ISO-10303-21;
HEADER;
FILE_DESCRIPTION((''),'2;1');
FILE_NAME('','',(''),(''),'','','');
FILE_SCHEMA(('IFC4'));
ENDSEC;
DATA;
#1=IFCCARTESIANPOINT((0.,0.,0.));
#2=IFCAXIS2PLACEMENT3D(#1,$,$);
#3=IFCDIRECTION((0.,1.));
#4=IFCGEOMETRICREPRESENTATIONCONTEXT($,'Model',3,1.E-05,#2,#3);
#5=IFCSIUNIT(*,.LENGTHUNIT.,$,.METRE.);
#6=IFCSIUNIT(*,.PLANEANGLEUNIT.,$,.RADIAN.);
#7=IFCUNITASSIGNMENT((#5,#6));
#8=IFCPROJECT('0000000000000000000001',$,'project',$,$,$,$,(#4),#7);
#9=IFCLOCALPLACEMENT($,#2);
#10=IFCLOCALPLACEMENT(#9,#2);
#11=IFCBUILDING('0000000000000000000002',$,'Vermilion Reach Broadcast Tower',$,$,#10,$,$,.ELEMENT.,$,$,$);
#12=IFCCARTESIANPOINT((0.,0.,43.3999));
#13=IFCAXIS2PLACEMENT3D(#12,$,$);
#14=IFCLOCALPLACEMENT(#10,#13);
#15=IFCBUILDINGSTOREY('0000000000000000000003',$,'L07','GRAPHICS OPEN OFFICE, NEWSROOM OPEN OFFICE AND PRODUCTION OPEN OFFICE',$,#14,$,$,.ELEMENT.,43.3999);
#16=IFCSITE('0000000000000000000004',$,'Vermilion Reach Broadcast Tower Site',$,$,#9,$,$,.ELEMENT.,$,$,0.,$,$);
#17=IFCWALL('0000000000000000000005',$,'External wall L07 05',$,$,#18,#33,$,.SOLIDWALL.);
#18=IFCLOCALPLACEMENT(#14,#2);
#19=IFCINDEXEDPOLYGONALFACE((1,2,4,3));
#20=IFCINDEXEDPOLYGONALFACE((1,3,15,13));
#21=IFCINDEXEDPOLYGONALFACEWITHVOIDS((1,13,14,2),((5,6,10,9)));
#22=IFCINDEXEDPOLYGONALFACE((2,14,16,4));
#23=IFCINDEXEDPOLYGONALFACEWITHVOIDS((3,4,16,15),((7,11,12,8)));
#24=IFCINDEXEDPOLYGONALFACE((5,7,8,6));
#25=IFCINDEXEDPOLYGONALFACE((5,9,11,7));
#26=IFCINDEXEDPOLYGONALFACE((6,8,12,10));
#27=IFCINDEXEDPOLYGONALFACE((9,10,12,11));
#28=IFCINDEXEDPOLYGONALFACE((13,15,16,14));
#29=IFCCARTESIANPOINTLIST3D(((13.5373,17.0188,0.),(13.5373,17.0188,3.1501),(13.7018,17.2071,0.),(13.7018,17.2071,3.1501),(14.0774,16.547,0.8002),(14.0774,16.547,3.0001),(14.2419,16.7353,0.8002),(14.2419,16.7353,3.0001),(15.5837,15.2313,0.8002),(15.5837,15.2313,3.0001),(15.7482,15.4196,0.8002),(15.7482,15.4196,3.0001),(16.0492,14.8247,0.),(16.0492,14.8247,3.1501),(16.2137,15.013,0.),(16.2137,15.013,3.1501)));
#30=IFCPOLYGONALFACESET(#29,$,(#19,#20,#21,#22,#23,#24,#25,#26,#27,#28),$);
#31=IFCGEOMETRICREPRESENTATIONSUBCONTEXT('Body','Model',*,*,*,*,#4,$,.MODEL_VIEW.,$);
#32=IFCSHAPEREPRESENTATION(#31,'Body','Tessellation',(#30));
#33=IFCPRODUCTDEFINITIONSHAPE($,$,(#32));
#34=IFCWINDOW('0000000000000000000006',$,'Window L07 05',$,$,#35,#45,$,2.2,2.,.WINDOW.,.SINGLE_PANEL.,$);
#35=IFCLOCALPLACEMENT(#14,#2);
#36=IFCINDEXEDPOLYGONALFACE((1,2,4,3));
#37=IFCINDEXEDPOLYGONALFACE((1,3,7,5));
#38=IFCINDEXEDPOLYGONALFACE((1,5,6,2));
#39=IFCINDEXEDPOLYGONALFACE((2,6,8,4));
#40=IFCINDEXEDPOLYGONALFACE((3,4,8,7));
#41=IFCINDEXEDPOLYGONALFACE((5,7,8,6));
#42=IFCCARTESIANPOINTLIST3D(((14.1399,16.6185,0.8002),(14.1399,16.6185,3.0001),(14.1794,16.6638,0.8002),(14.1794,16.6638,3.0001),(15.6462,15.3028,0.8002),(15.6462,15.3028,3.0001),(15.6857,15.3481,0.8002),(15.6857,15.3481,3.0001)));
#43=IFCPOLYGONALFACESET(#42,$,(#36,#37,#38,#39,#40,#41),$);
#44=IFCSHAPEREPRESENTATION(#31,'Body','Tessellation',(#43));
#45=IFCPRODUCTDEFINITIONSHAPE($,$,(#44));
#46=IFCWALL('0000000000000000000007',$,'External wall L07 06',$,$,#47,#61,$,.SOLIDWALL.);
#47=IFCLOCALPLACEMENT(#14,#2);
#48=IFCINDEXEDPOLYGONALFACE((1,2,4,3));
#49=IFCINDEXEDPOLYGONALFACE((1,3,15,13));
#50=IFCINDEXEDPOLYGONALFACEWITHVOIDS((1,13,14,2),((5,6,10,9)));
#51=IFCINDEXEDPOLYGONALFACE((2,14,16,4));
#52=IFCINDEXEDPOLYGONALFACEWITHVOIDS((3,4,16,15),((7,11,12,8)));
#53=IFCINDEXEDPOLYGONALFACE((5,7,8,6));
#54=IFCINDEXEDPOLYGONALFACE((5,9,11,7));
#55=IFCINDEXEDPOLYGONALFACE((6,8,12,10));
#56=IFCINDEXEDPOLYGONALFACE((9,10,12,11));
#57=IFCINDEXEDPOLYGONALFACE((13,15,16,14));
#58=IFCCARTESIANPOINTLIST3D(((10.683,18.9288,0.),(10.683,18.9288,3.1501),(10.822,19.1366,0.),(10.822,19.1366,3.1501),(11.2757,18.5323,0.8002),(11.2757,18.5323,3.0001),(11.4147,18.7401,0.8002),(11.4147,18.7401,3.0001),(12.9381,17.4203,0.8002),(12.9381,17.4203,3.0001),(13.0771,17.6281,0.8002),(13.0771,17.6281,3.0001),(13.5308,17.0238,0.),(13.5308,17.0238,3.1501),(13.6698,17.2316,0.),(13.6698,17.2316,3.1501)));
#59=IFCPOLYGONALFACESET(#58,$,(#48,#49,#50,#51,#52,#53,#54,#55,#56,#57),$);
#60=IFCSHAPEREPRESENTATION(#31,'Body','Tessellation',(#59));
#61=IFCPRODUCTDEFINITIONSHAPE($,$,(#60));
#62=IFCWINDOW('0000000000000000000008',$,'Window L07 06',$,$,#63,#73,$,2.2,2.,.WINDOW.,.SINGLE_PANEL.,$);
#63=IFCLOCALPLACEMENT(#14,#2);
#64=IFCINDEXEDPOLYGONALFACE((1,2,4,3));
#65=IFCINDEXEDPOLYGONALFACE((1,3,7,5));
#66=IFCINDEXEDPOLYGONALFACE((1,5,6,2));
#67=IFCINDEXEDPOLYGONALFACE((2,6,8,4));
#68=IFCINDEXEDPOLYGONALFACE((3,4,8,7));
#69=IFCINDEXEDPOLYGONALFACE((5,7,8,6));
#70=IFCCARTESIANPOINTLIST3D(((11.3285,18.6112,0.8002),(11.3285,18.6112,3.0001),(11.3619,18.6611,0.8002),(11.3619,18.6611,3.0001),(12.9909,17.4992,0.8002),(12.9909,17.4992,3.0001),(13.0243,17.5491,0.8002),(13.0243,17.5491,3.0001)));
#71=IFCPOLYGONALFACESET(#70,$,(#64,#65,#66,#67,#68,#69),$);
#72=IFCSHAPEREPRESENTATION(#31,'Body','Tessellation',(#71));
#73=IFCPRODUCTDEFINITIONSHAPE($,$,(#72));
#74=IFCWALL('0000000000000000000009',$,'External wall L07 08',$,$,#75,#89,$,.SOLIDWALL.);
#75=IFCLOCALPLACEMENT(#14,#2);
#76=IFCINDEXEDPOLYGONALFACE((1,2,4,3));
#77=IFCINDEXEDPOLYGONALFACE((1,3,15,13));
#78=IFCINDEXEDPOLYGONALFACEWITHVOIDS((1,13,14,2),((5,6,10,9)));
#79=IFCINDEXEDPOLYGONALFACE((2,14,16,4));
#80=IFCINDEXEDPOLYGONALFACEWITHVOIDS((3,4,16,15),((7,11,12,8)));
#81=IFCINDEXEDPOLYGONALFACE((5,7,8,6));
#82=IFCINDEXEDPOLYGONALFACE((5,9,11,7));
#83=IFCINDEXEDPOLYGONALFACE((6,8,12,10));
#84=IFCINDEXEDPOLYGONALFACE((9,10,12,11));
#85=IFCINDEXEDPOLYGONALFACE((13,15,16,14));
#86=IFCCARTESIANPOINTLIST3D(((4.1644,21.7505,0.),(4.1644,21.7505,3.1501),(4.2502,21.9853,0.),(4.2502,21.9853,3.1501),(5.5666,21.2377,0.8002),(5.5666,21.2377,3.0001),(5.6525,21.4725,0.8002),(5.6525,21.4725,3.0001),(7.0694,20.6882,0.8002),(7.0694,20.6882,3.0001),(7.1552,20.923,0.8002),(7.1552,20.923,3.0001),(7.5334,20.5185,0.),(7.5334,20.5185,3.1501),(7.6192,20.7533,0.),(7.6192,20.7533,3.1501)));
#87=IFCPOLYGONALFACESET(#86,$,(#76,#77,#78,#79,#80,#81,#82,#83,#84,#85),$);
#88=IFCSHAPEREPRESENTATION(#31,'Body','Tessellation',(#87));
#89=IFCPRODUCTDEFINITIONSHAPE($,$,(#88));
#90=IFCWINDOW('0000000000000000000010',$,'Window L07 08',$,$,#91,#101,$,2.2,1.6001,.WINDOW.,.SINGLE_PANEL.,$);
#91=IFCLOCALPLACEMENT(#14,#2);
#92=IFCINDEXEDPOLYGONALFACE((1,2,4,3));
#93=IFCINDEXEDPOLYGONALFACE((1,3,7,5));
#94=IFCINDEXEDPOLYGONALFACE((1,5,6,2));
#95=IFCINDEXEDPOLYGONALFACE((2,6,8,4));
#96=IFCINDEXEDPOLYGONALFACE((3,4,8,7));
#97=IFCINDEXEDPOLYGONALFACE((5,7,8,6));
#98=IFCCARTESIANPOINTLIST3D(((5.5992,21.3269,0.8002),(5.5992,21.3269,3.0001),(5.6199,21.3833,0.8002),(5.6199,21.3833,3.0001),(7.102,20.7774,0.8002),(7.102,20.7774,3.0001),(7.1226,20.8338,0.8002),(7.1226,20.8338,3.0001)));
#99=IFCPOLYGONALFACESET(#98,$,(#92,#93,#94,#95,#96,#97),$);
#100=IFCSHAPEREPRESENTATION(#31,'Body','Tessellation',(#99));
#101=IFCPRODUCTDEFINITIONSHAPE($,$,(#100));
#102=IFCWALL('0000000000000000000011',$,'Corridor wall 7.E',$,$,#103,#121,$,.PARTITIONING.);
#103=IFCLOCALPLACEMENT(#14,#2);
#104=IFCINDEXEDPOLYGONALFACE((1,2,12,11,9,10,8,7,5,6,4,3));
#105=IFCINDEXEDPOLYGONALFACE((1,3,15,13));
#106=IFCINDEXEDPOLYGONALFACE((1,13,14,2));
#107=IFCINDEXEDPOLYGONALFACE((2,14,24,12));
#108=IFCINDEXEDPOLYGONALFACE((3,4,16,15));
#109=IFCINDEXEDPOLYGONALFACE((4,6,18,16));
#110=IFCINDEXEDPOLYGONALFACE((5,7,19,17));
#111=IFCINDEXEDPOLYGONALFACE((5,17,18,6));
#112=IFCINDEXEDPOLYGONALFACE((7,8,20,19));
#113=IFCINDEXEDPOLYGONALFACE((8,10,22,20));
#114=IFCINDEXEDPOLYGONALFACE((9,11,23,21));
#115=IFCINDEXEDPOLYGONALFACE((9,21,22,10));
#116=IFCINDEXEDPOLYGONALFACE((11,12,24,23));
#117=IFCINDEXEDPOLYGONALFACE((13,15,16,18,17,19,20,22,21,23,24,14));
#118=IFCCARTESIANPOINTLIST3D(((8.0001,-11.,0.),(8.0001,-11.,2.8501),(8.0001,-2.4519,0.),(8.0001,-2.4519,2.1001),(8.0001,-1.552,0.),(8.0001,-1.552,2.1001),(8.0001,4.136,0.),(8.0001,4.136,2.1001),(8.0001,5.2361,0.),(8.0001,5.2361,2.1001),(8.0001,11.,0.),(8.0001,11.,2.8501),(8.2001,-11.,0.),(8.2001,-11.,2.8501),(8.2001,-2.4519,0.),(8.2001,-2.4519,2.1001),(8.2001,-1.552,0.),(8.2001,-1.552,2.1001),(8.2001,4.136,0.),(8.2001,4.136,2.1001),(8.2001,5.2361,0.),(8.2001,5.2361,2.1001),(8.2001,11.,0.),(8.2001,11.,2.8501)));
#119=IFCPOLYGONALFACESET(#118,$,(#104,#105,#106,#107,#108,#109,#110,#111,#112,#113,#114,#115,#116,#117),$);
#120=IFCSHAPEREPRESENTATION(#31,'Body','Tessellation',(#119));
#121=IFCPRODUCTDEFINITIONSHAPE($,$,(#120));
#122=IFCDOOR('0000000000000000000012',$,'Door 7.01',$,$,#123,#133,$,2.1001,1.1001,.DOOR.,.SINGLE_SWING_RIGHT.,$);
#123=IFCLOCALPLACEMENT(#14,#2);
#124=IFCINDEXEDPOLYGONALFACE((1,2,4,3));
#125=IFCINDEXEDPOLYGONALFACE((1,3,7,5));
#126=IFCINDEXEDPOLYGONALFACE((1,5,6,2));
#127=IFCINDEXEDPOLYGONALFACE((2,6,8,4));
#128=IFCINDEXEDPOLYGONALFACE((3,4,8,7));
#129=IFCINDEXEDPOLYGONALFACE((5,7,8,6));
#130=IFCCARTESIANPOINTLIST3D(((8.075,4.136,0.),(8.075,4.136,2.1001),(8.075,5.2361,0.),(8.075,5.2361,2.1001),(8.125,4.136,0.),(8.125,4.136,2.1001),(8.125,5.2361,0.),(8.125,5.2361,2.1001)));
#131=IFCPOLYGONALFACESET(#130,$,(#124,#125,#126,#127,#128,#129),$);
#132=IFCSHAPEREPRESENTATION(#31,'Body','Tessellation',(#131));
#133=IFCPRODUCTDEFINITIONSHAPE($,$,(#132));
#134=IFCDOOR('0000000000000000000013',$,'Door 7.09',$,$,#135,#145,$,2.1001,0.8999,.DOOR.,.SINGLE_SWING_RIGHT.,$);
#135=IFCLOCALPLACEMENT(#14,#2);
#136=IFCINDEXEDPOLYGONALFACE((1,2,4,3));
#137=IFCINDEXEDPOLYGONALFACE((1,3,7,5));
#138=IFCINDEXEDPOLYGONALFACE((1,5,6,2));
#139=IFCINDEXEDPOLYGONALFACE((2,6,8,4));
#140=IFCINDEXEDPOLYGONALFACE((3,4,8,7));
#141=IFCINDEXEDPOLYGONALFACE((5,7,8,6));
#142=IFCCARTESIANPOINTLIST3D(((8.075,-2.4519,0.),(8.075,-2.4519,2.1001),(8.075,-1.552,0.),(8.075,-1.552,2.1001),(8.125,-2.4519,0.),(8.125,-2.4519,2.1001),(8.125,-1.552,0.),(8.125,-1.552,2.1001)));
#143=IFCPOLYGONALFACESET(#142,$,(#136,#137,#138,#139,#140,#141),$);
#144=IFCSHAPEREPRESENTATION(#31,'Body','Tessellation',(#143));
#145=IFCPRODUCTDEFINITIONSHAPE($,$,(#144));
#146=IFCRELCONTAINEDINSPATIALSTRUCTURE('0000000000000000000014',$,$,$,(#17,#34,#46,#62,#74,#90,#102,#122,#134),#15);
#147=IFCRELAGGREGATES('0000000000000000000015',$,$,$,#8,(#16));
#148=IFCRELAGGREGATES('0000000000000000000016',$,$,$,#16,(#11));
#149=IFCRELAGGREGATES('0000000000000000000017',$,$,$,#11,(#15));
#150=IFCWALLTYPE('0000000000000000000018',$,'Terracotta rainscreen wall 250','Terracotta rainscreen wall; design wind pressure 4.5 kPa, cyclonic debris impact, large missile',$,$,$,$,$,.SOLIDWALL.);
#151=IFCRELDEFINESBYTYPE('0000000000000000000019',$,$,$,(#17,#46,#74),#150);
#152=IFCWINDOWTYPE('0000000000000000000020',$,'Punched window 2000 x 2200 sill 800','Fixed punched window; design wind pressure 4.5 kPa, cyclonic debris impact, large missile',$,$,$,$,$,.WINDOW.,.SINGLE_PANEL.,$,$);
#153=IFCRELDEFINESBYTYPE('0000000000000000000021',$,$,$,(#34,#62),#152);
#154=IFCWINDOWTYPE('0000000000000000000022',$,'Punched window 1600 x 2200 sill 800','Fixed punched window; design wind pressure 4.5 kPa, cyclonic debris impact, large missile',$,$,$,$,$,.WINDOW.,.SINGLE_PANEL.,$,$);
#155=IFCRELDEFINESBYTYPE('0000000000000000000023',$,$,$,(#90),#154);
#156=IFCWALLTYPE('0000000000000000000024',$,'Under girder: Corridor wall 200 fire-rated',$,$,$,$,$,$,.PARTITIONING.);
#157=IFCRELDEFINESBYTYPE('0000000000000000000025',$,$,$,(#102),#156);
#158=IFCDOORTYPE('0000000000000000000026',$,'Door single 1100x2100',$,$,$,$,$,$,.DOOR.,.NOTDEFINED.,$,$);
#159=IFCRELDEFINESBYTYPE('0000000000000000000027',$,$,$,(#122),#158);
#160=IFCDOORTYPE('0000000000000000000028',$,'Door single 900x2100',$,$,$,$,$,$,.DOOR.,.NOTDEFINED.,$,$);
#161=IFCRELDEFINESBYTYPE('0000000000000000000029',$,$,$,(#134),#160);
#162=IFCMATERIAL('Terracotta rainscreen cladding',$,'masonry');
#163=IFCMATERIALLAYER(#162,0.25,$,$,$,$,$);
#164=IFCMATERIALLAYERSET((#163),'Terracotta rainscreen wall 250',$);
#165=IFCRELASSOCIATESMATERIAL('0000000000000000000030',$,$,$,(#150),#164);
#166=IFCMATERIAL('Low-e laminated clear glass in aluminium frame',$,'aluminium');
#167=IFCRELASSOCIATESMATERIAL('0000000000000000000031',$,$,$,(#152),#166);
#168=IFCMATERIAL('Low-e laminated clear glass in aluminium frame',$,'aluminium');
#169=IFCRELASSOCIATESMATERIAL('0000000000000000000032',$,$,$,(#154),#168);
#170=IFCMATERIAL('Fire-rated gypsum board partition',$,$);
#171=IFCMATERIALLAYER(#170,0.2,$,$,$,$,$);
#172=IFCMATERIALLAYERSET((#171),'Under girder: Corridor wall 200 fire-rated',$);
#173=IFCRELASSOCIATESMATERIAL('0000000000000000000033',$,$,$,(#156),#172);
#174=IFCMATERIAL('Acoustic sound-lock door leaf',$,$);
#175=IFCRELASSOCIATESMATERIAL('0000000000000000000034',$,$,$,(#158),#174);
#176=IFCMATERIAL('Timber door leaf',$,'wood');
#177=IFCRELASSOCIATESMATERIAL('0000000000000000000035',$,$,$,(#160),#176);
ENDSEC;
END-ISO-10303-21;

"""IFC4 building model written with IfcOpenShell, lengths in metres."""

from ifc_helpers import new_model, si_unit, direction, frame, frame_2d, origin, place, context, subcontext, project, spatial, rectangle, extrude, material, layer, layer_set, type_object, element, fill, save


model = new_model("IFC4")

# Units and contexts
model_context = context("Model", 3, precision=1e-05, world=origin(), true_north=direction((0.0, 1.0)))
body_context = subcontext(model_context, "Body", "Model", "MODEL_VIEW")
ifc_project = project(units=[si_unit("LENGTHUNIT", "METRE"), si_unit("PLANEANGLEUNIT", "RADIAN")], contexts=[model_context])

# Site, building, storey
site_placement = place(None, origin())
site = spatial("IfcSite", under=ifc_project, at=site_placement, Name="Vermilion Reach Broadcast Tower Site", CompositionType="ELEMENT", RefElevation=0.0)
building_placement = place(site_placement, origin())
building = spatial("IfcBuilding", under=site, at=building_placement, Name="Vermilion Reach Broadcast Tower", CompositionType="ELEMENT")
storey_placement = place(building_placement, frame((0.0, 0.0, 43.3999)))
storey = spatial("IfcBuildingStorey", under=building, at=storey_placement, Name="L07", Description="GRAPHICS OPEN OFFICE, NEWSROOM OPEN OFFICE AND PRODUCTION OPEN OFFICE", CompositionType="ELEMENT", Elevation=43.3999)

# Shared definitions
ifc_material_1 = material(Name="Terracotta rainscreen cladding", Category="masonry")
ifc_layer_1 = layer(ifc_material_1, 0.25)
ifc_layer_set_1 = layer_set([ifc_layer_1], Name="Terracotta rainscreen wall 250")
wall_type_1 = type_object("IfcWallType", Name="Terracotta rainscreen wall 250", Description="Terracotta rainscreen wall; design wind pressure 4.5 kPa, cyclonic debris impact, large missile", PredefinedType="SOLIDWALL", material=ifc_layer_set_1)

# Walls, openings, windows
ifc_material_2 = material(Name="Low-e laminated clear glass in aluminium frame", Category="aluminium")
window_type_1 = type_object("IfcWindowType", Name="Punched window 2000 x 2200 sill 800", Description="Fixed punched window; design wind pressure 4.5 kPa, cyclonic debris impact, large missile", PartitioningType="SINGLE_PANEL", PredefinedType="WINDOW", material=ifc_material_2)
wall_1_placement = place(storey_placement, frame((16.1313, 14.9189, 0.0), z_axis=(0.0, 0.0, 1.0), x_axis=(-0.753152, 0.657846, 0.0)))
wall_1 = element("IfcWall", 1, at=wall_1_placement, inside=storey, type_object=wall_type_1, Name="External wall L07 05", PredefinedType="SOLIDWALL", context=body_context, shape_type="SweptSolid", body=[
    extrude(rectangle(XDim=3.3352, YDim=0.25, at=frame_2d((1.6675, 0.0))), origin(), (0.0, 0.0, 1.0), 3.1501),
])
opening_1_placement = place(wall_1_placement, frame((0.6179, 0.0, 0.8)))
opening_1 = element("IfcOpeningElement", 2, at=opening_1_placement, cuts=wall_1, PredefinedType="OPENING", context=body_context, shape_type="SweptSolid", body=[
    extrude(rectangle(XDim=2.0, YDim=2.2, at=frame_2d((1.0, 1.1001))), frame((0.0, 0.135, 0.0), z_axis=(0.0, -1.0, 0.0), x_axis=(1.0, 0.0, 0.0)), (0.0, 0.0, 1.0), 0.27),
])
window_1_placement = place(opening_1_placement, origin())
window_1 = element("IfcWindow", 3, at=window_1_placement, inside=storey, type_object=window_type_1, Name="Window L07 05", OverallHeight=2.2, OverallWidth=2.0, PartitioningType="SINGLE_PANEL", PredefinedType="WINDOW", context=body_context, shape_type="SweptSolid", body=[
    extrude(rectangle(XDim=2.0, YDim=2.2, at=frame_2d((1.0, 1.1001))), frame((0.0, 0.03, 0.0), z_axis=(0.0, -1.0, 0.0), x_axis=(1.0, 0.0, 0.0)), (0.0, 0.0, 1.0), 0.0601),
])
fill(opening_1, window_1)
wall_2_placement = place(storey_placement, frame((13.6003, 17.1277, 0.0), z_axis=(0.0, 0.0, 1.0), x_axis=(-0.831183, 0.555999, 0.0)))
wall_2 = element("IfcWall", 4, at=wall_2_placement, inside=storey, type_object=wall_type_1, Name="External wall L07 06", PredefinedType="SOLIDWALL", context=body_context, shape_type="SweptSolid", body=[
    extrude(rectangle(XDim=3.4263, YDim=0.25, at=frame_2d((1.7131, 0.0))), origin(), (0.0, 0.0, 1.0), 3.1501),
])
opening_2_placement = place(wall_2_placement, frame((0.7131, 0.0, 0.8)))
opening_2 = element("IfcOpeningElement", 5, at=opening_2_placement, cuts=wall_2, PredefinedType="OPENING", context=body_context, shape_type="SweptSolid", body=[
    extrude(rectangle(XDim=2.0, YDim=2.2, at=frame_2d((1.0, 1.1001))), frame((0.0, 0.135, 0.0), z_axis=(0.0, -1.0, 0.0), x_axis=(1.0, 0.0, 0.0)), (0.0, 0.0, 1.0), 0.27),
])
window_2_placement = place(opening_2_placement, origin())
window_2 = element("IfcWindow", 6, at=window_2_placement, inside=storey, type_object=window_type_1, Name="Window L07 06", OverallHeight=2.2, OverallWidth=2.0, PartitioningType="SINGLE_PANEL", PredefinedType="WINDOW", context=body_context, shape_type="SweptSolid", body=[
    extrude(rectangle(XDim=2.0, YDim=2.2, at=frame_2d((1.0, 1.1001))), frame((0.0, 0.03, 0.0), z_axis=(0.0, -1.0, 0.0), x_axis=(1.0, 0.0, 0.0)), (0.0, 0.0, 1.0), 0.0601),
])
fill(opening_2, window_2)

# Wall, opening, window
wall_3_placement = place(storey_placement, frame((7.5762, 20.636, 0.0), z_axis=(0.0, 0.0, 1.0), x_axis=(-0.939176, 0.343437, 0.0)))
wall_3 = element("IfcWall", 7, at=wall_3_placement, inside=storey, type_object=wall_type_1, Name="External wall L07 08", PredefinedType="SOLIDWALL", context=body_context, shape_type="SweptSolid", body=[
    extrude(rectangle(XDim=3.5872, YDim=0.25, at=frame_2d((1.7935, 0.0))), origin(), (0.0, 0.0, 1.0), 3.1501),
])
opening_3_placement = place(wall_3_placement, frame((0.4939, 0.0, 0.8)))
opening_3 = element("IfcOpeningElement", 8, at=opening_3_placement, cuts=wall_3, PredefinedType="OPENING", context=body_context, shape_type="SweptSolid", body=[
    extrude(rectangle(XDim=1.6001, YDim=2.2, at=frame_2d((0.8, 1.1001))), frame((0.0, 0.135, 0.0), z_axis=(0.0, -1.0, 0.0), x_axis=(1.0, 0.0, 0.0)), (0.0, 0.0, 1.0), 0.27),
])
ifc_material_3 = material(Name="Low-e laminated clear glass in aluminium frame", Category="aluminium")
window_type_2 = type_object("IfcWindowType", Name="Punched window 1600 x 2200 sill 800", Description="Fixed punched window; design wind pressure 4.5 kPa, cyclonic debris impact, large missile", PartitioningType="SINGLE_PANEL", PredefinedType="WINDOW", material=ifc_material_3)
window_3_placement = place(opening_3_placement, origin())
window_3 = element("IfcWindow", 9, at=window_3_placement, inside=storey, type_object=window_type_2, Name="Window L07 08", OverallHeight=2.2, OverallWidth=1.6001, PartitioningType="SINGLE_PANEL", PredefinedType="WINDOW", context=body_context, shape_type="SweptSolid", body=[
    extrude(rectangle(XDim=1.6001, YDim=2.2, at=frame_2d((0.8, 1.1001))), frame((0.0, 0.03, 0.0), z_axis=(0.0, -1.0, 0.0), x_axis=(1.0, 0.0, 0.0)), (0.0, 0.0, 1.0), 0.0601),
])
fill(opening_3, window_3)

# Wall, openings, doors
ifc_material_4 = material(Name="Fire-rated gypsum board partition")
ifc_layer_2 = layer(ifc_material_4, 0.2)
ifc_layer_set_2 = layer_set([ifc_layer_2], Name="Under girder: Corridor wall 200 fire-rated")
wall_type_2 = type_object("IfcWallType", Name="Under girder: Corridor wall 200 fire-rated", PredefinedType="PARTITIONING", material=ifc_layer_set_2)
wall_4_placement = place(storey_placement, frame((8.1001, 11.0, 0.0), z_axis=(0.0, 0.0, 1.0), x_axis=(0.0, -1.0, 0.0)))
wall_4 = element("IfcWall", 10, at=wall_4_placement, inside=storey, type_object=wall_type_2, Name="Corridor wall 7.E", PredefinedType="PARTITIONING", context=body_context, shape_type="SweptSolid", body=[
    extrude(rectangle(XDim=22.0, YDim=0.2, at=frame_2d((11.0, 0.0))), origin(), (0.0, 0.0, 1.0), 2.8501),
])
opening_4_placement = place(wall_4_placement, frame((5.7639, 0.0, 0.0)))
opening_4 = element("IfcOpeningElement", 11, at=opening_4_placement, cuts=wall_4, PredefinedType="OPENING", context=body_context, shape_type="SweptSolid", body=[
    extrude(rectangle(XDim=1.1001, YDim=2.1001, at=frame_2d((0.55, 1.05))), frame((0.0, 0.1099, 0.0), z_axis=(0.0, -1.0, 0.0), x_axis=(1.0, 0.0, 0.0)), (0.0, 0.0, 1.0), 0.22),
])
opening_5_placement = place(wall_4_placement, frame((12.552, 0.0, 0.0)))
opening_5 = element("IfcOpeningElement", 12, at=opening_5_placement, cuts=wall_4, PredefinedType="OPENING", context=body_context, shape_type="SweptSolid", body=[
    extrude(rectangle(XDim=0.8999, YDim=2.1001, at=frame_2d((0.45, 1.05))), frame((0.0, 0.1099, 0.0), z_axis=(0.0, -1.0, 0.0), x_axis=(1.0, 0.0, 0.0)), (0.0, 0.0, 1.0), 0.22),
])
ifc_material_5 = material(Name="Acoustic sound-lock door leaf")
door_type_1 = type_object("IfcDoorType", Name="Door single 1100x2100", OperationType="NOTDEFINED", PredefinedType="DOOR", material=ifc_material_5)
door_1_placement = place(opening_4_placement, origin())
door_1 = element("IfcDoor", 13, at=door_1_placement, inside=storey, type_object=door_type_1, Name="Door 7.01", OperationType="SINGLE_SWING_RIGHT", OverallHeight=2.1001, OverallWidth=1.1001, PredefinedType="DOOR", context=body_context, shape_type="SweptSolid", body=[
    extrude(rectangle(XDim=1.1001, YDim=2.1001, at=frame_2d((0.55, 1.05))), frame((0.0, 0.0249, 0.0), z_axis=(0.0, -1.0, 0.0), x_axis=(1.0, 0.0, 0.0)), (0.0, 0.0, 1.0), 0.05),
])
fill(opening_4, door_1)
ifc_material_6 = material(Name="Timber door leaf", Category="wood")
door_type_2 = type_object("IfcDoorType", Name="Door single 900x2100", OperationType="NOTDEFINED", PredefinedType="DOOR", material=ifc_material_6)
door_2_placement = place(opening_5_placement, origin())
door_2 = element("IfcDoor", 14, at=door_2_placement, inside=storey, type_object=door_type_2, Name="Door 7.09", OperationType="SINGLE_SWING_RIGHT", OverallHeight=2.1001, OverallWidth=0.8999, PredefinedType="DOOR", context=body_context, shape_type="SweptSolid", body=[
    extrude(rectangle(XDim=0.8999, YDim=2.1001, at=frame_2d((0.45, 1.05))), frame((0.0, 0.0249, 0.0), z_axis=(0.0, -1.0, 0.0), x_axis=(1.0, 0.0, 0.0)), (0.0, 0.0, 1.0), 0.05),
])
fill(opening_5, door_2)

save(model, "model.ifc")
